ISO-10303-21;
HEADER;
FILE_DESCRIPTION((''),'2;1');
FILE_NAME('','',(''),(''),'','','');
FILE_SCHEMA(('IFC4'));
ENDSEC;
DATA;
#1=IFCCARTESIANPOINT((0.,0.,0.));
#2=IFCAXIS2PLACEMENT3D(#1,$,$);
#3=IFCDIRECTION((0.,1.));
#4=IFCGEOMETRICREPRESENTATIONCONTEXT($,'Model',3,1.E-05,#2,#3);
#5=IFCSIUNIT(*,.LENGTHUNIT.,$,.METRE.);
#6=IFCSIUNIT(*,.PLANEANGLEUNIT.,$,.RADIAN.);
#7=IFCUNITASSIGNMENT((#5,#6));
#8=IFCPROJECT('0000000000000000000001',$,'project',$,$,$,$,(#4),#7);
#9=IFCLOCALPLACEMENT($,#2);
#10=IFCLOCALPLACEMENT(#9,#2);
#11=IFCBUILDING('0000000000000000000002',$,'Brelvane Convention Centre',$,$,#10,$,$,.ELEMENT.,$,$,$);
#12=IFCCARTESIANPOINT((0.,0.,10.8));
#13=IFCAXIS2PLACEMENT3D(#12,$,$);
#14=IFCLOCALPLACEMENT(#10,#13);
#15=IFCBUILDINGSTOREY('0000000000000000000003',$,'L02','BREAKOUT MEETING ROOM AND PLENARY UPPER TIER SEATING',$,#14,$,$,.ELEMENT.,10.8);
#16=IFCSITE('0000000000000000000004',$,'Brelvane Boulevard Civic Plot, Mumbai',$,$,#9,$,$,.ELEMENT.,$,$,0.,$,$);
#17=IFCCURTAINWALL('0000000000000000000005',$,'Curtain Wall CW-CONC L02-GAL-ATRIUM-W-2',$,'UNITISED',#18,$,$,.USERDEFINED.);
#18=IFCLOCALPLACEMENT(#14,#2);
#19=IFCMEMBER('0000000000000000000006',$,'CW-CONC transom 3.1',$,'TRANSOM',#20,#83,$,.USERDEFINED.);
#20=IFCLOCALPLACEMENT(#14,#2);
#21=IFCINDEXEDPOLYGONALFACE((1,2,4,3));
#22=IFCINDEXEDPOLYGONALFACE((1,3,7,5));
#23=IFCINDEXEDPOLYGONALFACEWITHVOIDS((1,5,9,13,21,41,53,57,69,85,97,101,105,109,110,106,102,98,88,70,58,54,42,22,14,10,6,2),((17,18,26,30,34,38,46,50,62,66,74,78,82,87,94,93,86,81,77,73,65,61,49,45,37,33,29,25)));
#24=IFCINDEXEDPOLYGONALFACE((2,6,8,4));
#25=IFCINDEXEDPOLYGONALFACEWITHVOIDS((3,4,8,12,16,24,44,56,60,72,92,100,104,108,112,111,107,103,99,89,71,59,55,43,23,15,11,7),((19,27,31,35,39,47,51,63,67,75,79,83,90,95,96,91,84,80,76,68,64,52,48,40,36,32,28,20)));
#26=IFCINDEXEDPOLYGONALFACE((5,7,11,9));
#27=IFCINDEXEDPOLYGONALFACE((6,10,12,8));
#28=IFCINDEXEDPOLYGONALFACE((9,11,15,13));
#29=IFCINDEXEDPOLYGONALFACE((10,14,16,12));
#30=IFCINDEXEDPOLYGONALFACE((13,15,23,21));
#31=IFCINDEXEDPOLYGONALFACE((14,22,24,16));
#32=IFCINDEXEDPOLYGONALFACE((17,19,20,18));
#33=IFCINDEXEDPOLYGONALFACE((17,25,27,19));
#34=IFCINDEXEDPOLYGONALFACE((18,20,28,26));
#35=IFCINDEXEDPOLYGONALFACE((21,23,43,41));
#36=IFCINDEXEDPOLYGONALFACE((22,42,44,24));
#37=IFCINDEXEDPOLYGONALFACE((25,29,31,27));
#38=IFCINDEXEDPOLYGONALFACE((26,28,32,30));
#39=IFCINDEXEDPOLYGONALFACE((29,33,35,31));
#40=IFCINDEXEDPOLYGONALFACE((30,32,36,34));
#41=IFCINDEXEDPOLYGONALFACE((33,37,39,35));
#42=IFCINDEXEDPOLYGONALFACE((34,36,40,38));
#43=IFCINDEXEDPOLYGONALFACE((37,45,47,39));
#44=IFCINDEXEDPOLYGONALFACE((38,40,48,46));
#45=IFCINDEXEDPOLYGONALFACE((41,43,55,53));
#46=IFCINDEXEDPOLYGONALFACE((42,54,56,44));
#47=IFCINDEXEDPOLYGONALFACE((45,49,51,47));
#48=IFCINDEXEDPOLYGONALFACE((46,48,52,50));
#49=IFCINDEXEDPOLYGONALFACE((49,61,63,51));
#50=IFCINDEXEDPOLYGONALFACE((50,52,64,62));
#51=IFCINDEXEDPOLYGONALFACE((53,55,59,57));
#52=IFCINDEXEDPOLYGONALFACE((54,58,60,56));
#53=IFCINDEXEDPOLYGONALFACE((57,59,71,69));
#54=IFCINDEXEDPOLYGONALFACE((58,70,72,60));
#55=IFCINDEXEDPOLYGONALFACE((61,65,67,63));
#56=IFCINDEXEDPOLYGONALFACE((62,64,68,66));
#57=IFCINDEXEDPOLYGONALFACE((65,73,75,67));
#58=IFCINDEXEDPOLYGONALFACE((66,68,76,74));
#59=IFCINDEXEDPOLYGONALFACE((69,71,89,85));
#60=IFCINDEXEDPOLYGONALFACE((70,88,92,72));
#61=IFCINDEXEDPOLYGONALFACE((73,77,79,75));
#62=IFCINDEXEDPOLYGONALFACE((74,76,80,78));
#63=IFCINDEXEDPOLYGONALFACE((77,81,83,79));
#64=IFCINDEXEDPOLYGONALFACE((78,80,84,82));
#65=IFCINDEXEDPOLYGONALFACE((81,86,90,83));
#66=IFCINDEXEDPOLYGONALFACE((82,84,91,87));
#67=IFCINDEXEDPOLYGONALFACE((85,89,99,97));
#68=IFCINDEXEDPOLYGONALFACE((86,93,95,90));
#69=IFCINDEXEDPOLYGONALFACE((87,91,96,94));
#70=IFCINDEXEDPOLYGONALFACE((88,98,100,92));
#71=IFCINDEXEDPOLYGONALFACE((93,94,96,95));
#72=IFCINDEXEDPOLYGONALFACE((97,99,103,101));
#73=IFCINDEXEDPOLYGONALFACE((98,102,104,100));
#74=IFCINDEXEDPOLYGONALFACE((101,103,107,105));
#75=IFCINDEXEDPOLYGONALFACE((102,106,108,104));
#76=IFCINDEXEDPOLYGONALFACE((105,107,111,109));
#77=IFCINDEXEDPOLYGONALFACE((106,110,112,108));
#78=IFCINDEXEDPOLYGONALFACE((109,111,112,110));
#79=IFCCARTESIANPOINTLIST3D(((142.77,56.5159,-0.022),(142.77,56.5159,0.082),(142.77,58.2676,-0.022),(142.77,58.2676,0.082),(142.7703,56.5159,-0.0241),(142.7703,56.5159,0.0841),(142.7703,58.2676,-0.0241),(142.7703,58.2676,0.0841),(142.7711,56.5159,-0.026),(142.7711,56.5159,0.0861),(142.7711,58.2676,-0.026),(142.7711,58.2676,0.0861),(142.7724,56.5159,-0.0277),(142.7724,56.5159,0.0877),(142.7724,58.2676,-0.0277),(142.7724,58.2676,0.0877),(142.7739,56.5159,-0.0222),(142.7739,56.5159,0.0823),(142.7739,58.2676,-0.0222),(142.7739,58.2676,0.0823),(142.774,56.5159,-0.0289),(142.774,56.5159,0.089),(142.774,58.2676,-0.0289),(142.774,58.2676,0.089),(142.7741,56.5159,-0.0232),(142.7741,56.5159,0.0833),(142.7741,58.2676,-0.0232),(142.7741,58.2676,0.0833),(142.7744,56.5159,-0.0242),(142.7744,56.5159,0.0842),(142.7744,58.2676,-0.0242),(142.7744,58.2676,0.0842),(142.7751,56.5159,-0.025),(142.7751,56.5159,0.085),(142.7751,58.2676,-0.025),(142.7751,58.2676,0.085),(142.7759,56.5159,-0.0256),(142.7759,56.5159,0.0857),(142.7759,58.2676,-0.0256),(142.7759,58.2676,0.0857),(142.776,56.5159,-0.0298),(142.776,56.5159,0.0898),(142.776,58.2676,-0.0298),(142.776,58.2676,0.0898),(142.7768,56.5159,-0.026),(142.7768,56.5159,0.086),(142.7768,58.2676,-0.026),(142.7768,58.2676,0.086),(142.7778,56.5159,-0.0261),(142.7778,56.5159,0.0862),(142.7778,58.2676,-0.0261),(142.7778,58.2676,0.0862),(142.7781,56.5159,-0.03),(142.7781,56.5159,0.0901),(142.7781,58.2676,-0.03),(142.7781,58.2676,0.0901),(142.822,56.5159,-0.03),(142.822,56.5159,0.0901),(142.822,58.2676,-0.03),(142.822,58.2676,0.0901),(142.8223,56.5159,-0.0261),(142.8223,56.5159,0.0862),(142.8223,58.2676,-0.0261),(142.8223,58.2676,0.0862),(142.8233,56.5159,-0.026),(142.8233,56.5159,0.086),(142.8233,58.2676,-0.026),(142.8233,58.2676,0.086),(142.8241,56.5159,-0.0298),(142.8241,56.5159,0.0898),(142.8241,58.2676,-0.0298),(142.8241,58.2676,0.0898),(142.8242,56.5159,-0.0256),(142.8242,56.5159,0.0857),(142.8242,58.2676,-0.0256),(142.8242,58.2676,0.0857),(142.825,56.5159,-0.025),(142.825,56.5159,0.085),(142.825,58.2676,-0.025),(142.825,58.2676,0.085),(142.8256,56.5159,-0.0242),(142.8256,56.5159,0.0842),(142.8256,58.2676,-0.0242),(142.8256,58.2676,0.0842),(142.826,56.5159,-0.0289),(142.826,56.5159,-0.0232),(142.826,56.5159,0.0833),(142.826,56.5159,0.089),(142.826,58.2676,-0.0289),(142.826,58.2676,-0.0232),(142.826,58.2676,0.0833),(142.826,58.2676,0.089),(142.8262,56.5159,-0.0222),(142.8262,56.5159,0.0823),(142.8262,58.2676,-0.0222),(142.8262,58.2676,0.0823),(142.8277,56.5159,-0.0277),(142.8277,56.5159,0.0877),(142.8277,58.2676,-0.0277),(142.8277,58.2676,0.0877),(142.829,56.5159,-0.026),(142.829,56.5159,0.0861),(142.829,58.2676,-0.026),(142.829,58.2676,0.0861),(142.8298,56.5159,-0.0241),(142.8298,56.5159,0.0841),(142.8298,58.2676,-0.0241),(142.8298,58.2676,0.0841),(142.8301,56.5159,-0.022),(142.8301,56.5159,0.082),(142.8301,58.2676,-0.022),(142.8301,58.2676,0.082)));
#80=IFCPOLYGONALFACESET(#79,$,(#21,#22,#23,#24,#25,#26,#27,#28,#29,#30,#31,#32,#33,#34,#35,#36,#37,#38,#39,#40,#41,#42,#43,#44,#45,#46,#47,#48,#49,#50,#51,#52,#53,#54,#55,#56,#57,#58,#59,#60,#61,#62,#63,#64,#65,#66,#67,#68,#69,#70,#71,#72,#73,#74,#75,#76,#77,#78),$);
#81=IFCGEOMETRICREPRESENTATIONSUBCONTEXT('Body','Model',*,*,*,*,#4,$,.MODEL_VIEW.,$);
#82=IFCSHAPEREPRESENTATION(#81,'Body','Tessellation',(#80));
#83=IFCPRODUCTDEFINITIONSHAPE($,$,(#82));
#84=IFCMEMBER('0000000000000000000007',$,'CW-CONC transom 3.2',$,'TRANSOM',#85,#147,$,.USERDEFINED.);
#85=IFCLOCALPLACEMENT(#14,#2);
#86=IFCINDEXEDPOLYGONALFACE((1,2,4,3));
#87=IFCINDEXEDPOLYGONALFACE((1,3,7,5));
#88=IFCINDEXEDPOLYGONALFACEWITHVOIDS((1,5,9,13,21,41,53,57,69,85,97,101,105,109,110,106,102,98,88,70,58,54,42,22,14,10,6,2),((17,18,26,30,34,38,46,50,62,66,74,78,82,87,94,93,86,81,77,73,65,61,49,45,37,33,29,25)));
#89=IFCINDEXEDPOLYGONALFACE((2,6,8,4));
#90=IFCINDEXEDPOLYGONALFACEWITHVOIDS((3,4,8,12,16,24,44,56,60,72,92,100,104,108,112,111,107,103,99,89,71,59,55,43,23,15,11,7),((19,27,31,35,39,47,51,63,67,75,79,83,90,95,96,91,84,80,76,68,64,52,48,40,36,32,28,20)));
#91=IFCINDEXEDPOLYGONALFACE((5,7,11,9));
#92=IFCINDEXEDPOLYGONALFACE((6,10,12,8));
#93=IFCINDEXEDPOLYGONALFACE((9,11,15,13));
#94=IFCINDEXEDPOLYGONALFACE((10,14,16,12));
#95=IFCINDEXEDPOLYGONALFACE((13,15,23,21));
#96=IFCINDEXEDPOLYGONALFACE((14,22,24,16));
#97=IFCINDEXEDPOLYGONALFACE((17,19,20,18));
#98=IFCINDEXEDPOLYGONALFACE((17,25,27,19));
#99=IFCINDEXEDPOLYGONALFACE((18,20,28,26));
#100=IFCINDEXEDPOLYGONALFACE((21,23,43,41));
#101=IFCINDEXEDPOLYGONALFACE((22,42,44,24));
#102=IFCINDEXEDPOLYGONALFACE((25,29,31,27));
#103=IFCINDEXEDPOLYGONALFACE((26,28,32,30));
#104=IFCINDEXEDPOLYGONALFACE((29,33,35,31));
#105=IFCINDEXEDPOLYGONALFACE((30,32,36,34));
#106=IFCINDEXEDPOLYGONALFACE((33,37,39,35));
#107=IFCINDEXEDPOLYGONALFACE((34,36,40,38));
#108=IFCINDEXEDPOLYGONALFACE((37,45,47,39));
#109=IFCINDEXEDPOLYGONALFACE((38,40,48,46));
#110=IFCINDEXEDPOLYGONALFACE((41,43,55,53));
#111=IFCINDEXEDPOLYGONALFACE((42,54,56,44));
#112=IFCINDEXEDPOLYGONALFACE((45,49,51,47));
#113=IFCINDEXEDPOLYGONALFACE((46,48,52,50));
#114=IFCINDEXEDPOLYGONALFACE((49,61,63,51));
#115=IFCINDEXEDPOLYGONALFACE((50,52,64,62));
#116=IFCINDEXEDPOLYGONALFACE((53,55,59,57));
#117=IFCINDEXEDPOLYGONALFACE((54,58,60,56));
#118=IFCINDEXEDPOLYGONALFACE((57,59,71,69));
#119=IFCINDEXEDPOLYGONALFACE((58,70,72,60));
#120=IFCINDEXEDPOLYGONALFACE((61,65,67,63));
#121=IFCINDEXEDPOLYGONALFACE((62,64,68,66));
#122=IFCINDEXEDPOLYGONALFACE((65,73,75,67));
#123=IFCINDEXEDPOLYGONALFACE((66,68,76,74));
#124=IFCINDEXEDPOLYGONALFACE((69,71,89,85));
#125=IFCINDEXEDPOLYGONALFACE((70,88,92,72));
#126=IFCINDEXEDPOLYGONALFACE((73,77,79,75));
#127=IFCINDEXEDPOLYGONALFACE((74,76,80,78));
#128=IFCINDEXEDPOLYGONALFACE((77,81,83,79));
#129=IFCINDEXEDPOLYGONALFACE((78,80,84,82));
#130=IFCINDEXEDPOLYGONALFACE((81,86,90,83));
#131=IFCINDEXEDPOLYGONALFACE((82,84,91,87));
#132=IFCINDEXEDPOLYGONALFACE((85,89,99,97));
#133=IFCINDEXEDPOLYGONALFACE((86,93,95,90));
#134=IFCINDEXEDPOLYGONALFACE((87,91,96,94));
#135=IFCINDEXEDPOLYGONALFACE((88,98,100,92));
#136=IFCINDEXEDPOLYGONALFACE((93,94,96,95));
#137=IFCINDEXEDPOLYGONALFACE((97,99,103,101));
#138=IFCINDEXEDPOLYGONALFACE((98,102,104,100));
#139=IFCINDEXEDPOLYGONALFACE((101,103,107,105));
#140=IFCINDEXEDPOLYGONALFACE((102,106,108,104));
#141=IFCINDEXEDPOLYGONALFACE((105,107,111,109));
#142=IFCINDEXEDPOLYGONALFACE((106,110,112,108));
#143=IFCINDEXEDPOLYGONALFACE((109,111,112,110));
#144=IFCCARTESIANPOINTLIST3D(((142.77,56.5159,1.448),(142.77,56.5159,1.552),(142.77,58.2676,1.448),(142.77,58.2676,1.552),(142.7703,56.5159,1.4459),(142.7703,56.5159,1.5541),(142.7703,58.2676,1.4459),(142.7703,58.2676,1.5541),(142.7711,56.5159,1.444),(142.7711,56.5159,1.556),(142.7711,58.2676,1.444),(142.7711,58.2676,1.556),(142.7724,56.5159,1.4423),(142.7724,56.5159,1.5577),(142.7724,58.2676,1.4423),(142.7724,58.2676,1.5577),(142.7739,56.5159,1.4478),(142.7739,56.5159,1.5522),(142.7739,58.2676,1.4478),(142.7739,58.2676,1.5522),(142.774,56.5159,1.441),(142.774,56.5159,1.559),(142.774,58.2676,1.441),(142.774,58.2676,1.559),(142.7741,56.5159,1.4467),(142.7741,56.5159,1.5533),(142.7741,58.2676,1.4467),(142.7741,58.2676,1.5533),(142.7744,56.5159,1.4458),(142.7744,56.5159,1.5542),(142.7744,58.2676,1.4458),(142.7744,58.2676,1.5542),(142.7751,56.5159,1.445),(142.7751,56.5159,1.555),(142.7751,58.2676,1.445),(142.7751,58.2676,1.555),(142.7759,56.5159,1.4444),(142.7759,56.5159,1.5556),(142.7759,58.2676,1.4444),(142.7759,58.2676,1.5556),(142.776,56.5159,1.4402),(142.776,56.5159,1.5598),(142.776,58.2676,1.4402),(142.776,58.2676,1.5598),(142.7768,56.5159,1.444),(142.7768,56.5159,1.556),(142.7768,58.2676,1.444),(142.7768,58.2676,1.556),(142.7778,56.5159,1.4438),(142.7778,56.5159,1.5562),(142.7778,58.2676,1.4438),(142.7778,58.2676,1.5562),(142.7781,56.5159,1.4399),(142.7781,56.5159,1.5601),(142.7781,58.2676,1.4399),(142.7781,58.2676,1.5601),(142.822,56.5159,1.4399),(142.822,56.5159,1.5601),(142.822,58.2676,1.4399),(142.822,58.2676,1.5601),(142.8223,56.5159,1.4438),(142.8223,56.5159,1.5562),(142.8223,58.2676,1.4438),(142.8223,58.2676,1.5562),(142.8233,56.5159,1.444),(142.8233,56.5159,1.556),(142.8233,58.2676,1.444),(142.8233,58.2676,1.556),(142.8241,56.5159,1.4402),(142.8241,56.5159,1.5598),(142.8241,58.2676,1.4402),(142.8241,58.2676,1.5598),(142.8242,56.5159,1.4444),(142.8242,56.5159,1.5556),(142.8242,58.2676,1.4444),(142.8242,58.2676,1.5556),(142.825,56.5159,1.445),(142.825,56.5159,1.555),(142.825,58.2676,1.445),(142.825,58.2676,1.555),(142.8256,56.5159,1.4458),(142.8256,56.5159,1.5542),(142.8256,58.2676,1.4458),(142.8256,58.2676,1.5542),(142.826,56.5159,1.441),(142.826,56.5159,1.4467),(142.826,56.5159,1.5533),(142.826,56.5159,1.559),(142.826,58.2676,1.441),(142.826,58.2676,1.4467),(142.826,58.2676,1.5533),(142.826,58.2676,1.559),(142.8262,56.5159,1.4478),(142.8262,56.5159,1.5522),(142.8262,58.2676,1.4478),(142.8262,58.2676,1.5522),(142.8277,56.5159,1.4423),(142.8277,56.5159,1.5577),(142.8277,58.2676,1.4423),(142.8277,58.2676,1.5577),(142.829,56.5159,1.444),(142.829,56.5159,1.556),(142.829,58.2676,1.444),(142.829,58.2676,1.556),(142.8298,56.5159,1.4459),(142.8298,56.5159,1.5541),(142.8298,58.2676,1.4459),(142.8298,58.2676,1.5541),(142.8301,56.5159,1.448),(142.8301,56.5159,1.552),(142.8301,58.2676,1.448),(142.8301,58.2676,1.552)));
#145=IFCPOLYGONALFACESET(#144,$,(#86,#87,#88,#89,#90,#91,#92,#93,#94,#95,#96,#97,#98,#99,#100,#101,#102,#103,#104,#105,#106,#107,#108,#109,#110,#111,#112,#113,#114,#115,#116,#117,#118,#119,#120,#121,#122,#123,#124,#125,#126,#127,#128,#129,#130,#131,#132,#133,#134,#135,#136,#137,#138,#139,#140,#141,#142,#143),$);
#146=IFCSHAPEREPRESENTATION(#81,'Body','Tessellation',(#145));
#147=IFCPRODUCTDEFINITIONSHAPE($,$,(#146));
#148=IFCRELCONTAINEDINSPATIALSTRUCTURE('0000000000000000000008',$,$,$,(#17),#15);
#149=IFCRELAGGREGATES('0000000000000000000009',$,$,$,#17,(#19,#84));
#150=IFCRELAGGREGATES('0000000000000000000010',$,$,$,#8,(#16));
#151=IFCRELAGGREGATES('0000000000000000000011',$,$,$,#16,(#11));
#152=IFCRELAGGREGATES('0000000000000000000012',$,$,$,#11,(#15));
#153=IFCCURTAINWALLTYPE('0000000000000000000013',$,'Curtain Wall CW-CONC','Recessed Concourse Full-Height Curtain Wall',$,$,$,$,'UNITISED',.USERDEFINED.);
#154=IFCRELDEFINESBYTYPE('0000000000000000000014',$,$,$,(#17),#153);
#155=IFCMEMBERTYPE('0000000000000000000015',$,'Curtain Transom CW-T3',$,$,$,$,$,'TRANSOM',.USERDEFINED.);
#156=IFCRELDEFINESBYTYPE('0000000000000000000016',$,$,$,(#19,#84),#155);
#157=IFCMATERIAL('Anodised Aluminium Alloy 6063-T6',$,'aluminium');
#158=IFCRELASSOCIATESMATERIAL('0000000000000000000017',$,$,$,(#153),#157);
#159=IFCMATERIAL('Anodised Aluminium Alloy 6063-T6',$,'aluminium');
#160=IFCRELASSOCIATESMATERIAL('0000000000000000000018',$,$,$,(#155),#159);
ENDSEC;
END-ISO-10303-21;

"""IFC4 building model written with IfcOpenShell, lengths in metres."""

from ifc_helpers import new_model, si_unit, direction, frame, origin, origin_2d, place, context, subcontext, project, spatial, hollow_rectangle, extrude, material, material_profile, profile_set, type_object, element, aggregate, save


model = new_model("IFC4")

# Units and contexts
model_context = context("Model", 3, precision=1e-05, world=origin(), true_north=direction((0.0, 1.0)))
body_context = subcontext(model_context, "Body", "Model", "MODEL_VIEW")
ifc_project = project(units=[si_unit("LENGTHUNIT", "METRE"), si_unit("PLANEANGLEUNIT", "RADIAN")], contexts=[model_context])

# Site, building, storey
site_placement = place(None, origin())
site = spatial("IfcSite", under=ifc_project, at=site_placement, Name="Brelvane Boulevard Civic Plot, Mumbai", CompositionType="ELEMENT", RefElevation=0.0)
building_placement = place(site_placement, origin())
building = spatial("IfcBuilding", under=site, at=building_placement, Name="Brelvane Convention Centre", CompositionType="ELEMENT")
storey_placement = place(building_placement, frame((0.0, 0.0, 10.8)))
storey = spatial("IfcBuildingStorey", under=building, at=storey_placement, Name="L02", Description="BREAKOUT MEETING ROOM AND PLENARY UPPER TIER SEATING", CompositionType="ELEMENT", Elevation=10.8)

# Curtain wall, members
ifc_material_1 = material(Name="Anodised Aluminium Alloy 6063-T6", Category="aluminium")
curtain_wall_type = type_object("IfcCurtainWallType", Name="Curtain Wall CW-CONC", Description="Recessed Concourse Full-Height Curtain Wall", ElementType="UNITISED", PredefinedType="USERDEFINED", material=ifc_material_1)
curtain_wall_placement = place(storey_placement, origin())
curtain_wall = element("IfcCurtainWall", 1, at=curtain_wall_placement, inside=storey, type_object=curtain_wall_type, Name="Curtain Wall CW-CONC L02-GAL-ATRIUM-W-2", ObjectType="UNITISED", PredefinedType="USERDEFINED")
ifc_material_2 = material(Name="Anodised Aluminium Alloy 6063-T6", Category="aluminium")
ifc_material_profile_1 = material_profile(ifc_material_2, hollow_rectangle(XDim=0.0601, YDim=0.1201, WallThickness=0.0039, InnerFilletRadius=0.0039, OuterFilletRadius=0.0081, at=origin_2d()), Name="ALU-T 120x60x4.0")
ifc_profile_set_1 = profile_set([ifc_material_profile_1], Name="Anodised Aluminium Alloy 6063-T6")
member_type_1 = type_object("IfcMemberType", Name="Curtain Transom CW-T3", ElementType="TRANSOM", PredefinedType="USERDEFINED", material=ifc_profile_set_1)
member_1_placement = place(storey_placement, frame((142.8, 56.5159, 0.03), z_axis=(0.0, 1.0, 0.0), x_axis=(-1.0, 0.0, 0.0)))
member_1 = element("IfcMember", 2, at=member_1_placement, type_object=member_type_1, Name="CW-CONC transom 3.1", ObjectType="TRANSOM", PredefinedType="USERDEFINED", context=body_context, shape_type="SweptSolid", body=[
    extrude(hollow_rectangle(XDim=0.0601, YDim=0.1201, WallThickness=0.0039, InnerFilletRadius=0.0039, OuterFilletRadius=0.0081, at=origin_2d()), origin(), (0.0, 0.0, 1.0), 1.7517),
])
member_2_placement = place(storey_placement, frame((142.8, 56.5159, 1.5), z_axis=(0.0, 1.0, 0.0), x_axis=(-1.0, 0.0, 0.0)))
member_2 = element("IfcMember", 3, at=member_2_placement, type_object=member_type_1, Name="CW-CONC transom 3.2", ObjectType="TRANSOM", PredefinedType="USERDEFINED", context=body_context, shape_type="SweptSolid", body=[
    extrude(hollow_rectangle(XDim=0.0601, YDim=0.1201, WallThickness=0.0039, InnerFilletRadius=0.0039, OuterFilletRadius=0.0081, at=origin_2d()), origin(), (0.0, 0.0, 1.0), 1.7517),
])

aggregate(curtain_wall, [member_1, member_2])

save(model, "model.ifc")
